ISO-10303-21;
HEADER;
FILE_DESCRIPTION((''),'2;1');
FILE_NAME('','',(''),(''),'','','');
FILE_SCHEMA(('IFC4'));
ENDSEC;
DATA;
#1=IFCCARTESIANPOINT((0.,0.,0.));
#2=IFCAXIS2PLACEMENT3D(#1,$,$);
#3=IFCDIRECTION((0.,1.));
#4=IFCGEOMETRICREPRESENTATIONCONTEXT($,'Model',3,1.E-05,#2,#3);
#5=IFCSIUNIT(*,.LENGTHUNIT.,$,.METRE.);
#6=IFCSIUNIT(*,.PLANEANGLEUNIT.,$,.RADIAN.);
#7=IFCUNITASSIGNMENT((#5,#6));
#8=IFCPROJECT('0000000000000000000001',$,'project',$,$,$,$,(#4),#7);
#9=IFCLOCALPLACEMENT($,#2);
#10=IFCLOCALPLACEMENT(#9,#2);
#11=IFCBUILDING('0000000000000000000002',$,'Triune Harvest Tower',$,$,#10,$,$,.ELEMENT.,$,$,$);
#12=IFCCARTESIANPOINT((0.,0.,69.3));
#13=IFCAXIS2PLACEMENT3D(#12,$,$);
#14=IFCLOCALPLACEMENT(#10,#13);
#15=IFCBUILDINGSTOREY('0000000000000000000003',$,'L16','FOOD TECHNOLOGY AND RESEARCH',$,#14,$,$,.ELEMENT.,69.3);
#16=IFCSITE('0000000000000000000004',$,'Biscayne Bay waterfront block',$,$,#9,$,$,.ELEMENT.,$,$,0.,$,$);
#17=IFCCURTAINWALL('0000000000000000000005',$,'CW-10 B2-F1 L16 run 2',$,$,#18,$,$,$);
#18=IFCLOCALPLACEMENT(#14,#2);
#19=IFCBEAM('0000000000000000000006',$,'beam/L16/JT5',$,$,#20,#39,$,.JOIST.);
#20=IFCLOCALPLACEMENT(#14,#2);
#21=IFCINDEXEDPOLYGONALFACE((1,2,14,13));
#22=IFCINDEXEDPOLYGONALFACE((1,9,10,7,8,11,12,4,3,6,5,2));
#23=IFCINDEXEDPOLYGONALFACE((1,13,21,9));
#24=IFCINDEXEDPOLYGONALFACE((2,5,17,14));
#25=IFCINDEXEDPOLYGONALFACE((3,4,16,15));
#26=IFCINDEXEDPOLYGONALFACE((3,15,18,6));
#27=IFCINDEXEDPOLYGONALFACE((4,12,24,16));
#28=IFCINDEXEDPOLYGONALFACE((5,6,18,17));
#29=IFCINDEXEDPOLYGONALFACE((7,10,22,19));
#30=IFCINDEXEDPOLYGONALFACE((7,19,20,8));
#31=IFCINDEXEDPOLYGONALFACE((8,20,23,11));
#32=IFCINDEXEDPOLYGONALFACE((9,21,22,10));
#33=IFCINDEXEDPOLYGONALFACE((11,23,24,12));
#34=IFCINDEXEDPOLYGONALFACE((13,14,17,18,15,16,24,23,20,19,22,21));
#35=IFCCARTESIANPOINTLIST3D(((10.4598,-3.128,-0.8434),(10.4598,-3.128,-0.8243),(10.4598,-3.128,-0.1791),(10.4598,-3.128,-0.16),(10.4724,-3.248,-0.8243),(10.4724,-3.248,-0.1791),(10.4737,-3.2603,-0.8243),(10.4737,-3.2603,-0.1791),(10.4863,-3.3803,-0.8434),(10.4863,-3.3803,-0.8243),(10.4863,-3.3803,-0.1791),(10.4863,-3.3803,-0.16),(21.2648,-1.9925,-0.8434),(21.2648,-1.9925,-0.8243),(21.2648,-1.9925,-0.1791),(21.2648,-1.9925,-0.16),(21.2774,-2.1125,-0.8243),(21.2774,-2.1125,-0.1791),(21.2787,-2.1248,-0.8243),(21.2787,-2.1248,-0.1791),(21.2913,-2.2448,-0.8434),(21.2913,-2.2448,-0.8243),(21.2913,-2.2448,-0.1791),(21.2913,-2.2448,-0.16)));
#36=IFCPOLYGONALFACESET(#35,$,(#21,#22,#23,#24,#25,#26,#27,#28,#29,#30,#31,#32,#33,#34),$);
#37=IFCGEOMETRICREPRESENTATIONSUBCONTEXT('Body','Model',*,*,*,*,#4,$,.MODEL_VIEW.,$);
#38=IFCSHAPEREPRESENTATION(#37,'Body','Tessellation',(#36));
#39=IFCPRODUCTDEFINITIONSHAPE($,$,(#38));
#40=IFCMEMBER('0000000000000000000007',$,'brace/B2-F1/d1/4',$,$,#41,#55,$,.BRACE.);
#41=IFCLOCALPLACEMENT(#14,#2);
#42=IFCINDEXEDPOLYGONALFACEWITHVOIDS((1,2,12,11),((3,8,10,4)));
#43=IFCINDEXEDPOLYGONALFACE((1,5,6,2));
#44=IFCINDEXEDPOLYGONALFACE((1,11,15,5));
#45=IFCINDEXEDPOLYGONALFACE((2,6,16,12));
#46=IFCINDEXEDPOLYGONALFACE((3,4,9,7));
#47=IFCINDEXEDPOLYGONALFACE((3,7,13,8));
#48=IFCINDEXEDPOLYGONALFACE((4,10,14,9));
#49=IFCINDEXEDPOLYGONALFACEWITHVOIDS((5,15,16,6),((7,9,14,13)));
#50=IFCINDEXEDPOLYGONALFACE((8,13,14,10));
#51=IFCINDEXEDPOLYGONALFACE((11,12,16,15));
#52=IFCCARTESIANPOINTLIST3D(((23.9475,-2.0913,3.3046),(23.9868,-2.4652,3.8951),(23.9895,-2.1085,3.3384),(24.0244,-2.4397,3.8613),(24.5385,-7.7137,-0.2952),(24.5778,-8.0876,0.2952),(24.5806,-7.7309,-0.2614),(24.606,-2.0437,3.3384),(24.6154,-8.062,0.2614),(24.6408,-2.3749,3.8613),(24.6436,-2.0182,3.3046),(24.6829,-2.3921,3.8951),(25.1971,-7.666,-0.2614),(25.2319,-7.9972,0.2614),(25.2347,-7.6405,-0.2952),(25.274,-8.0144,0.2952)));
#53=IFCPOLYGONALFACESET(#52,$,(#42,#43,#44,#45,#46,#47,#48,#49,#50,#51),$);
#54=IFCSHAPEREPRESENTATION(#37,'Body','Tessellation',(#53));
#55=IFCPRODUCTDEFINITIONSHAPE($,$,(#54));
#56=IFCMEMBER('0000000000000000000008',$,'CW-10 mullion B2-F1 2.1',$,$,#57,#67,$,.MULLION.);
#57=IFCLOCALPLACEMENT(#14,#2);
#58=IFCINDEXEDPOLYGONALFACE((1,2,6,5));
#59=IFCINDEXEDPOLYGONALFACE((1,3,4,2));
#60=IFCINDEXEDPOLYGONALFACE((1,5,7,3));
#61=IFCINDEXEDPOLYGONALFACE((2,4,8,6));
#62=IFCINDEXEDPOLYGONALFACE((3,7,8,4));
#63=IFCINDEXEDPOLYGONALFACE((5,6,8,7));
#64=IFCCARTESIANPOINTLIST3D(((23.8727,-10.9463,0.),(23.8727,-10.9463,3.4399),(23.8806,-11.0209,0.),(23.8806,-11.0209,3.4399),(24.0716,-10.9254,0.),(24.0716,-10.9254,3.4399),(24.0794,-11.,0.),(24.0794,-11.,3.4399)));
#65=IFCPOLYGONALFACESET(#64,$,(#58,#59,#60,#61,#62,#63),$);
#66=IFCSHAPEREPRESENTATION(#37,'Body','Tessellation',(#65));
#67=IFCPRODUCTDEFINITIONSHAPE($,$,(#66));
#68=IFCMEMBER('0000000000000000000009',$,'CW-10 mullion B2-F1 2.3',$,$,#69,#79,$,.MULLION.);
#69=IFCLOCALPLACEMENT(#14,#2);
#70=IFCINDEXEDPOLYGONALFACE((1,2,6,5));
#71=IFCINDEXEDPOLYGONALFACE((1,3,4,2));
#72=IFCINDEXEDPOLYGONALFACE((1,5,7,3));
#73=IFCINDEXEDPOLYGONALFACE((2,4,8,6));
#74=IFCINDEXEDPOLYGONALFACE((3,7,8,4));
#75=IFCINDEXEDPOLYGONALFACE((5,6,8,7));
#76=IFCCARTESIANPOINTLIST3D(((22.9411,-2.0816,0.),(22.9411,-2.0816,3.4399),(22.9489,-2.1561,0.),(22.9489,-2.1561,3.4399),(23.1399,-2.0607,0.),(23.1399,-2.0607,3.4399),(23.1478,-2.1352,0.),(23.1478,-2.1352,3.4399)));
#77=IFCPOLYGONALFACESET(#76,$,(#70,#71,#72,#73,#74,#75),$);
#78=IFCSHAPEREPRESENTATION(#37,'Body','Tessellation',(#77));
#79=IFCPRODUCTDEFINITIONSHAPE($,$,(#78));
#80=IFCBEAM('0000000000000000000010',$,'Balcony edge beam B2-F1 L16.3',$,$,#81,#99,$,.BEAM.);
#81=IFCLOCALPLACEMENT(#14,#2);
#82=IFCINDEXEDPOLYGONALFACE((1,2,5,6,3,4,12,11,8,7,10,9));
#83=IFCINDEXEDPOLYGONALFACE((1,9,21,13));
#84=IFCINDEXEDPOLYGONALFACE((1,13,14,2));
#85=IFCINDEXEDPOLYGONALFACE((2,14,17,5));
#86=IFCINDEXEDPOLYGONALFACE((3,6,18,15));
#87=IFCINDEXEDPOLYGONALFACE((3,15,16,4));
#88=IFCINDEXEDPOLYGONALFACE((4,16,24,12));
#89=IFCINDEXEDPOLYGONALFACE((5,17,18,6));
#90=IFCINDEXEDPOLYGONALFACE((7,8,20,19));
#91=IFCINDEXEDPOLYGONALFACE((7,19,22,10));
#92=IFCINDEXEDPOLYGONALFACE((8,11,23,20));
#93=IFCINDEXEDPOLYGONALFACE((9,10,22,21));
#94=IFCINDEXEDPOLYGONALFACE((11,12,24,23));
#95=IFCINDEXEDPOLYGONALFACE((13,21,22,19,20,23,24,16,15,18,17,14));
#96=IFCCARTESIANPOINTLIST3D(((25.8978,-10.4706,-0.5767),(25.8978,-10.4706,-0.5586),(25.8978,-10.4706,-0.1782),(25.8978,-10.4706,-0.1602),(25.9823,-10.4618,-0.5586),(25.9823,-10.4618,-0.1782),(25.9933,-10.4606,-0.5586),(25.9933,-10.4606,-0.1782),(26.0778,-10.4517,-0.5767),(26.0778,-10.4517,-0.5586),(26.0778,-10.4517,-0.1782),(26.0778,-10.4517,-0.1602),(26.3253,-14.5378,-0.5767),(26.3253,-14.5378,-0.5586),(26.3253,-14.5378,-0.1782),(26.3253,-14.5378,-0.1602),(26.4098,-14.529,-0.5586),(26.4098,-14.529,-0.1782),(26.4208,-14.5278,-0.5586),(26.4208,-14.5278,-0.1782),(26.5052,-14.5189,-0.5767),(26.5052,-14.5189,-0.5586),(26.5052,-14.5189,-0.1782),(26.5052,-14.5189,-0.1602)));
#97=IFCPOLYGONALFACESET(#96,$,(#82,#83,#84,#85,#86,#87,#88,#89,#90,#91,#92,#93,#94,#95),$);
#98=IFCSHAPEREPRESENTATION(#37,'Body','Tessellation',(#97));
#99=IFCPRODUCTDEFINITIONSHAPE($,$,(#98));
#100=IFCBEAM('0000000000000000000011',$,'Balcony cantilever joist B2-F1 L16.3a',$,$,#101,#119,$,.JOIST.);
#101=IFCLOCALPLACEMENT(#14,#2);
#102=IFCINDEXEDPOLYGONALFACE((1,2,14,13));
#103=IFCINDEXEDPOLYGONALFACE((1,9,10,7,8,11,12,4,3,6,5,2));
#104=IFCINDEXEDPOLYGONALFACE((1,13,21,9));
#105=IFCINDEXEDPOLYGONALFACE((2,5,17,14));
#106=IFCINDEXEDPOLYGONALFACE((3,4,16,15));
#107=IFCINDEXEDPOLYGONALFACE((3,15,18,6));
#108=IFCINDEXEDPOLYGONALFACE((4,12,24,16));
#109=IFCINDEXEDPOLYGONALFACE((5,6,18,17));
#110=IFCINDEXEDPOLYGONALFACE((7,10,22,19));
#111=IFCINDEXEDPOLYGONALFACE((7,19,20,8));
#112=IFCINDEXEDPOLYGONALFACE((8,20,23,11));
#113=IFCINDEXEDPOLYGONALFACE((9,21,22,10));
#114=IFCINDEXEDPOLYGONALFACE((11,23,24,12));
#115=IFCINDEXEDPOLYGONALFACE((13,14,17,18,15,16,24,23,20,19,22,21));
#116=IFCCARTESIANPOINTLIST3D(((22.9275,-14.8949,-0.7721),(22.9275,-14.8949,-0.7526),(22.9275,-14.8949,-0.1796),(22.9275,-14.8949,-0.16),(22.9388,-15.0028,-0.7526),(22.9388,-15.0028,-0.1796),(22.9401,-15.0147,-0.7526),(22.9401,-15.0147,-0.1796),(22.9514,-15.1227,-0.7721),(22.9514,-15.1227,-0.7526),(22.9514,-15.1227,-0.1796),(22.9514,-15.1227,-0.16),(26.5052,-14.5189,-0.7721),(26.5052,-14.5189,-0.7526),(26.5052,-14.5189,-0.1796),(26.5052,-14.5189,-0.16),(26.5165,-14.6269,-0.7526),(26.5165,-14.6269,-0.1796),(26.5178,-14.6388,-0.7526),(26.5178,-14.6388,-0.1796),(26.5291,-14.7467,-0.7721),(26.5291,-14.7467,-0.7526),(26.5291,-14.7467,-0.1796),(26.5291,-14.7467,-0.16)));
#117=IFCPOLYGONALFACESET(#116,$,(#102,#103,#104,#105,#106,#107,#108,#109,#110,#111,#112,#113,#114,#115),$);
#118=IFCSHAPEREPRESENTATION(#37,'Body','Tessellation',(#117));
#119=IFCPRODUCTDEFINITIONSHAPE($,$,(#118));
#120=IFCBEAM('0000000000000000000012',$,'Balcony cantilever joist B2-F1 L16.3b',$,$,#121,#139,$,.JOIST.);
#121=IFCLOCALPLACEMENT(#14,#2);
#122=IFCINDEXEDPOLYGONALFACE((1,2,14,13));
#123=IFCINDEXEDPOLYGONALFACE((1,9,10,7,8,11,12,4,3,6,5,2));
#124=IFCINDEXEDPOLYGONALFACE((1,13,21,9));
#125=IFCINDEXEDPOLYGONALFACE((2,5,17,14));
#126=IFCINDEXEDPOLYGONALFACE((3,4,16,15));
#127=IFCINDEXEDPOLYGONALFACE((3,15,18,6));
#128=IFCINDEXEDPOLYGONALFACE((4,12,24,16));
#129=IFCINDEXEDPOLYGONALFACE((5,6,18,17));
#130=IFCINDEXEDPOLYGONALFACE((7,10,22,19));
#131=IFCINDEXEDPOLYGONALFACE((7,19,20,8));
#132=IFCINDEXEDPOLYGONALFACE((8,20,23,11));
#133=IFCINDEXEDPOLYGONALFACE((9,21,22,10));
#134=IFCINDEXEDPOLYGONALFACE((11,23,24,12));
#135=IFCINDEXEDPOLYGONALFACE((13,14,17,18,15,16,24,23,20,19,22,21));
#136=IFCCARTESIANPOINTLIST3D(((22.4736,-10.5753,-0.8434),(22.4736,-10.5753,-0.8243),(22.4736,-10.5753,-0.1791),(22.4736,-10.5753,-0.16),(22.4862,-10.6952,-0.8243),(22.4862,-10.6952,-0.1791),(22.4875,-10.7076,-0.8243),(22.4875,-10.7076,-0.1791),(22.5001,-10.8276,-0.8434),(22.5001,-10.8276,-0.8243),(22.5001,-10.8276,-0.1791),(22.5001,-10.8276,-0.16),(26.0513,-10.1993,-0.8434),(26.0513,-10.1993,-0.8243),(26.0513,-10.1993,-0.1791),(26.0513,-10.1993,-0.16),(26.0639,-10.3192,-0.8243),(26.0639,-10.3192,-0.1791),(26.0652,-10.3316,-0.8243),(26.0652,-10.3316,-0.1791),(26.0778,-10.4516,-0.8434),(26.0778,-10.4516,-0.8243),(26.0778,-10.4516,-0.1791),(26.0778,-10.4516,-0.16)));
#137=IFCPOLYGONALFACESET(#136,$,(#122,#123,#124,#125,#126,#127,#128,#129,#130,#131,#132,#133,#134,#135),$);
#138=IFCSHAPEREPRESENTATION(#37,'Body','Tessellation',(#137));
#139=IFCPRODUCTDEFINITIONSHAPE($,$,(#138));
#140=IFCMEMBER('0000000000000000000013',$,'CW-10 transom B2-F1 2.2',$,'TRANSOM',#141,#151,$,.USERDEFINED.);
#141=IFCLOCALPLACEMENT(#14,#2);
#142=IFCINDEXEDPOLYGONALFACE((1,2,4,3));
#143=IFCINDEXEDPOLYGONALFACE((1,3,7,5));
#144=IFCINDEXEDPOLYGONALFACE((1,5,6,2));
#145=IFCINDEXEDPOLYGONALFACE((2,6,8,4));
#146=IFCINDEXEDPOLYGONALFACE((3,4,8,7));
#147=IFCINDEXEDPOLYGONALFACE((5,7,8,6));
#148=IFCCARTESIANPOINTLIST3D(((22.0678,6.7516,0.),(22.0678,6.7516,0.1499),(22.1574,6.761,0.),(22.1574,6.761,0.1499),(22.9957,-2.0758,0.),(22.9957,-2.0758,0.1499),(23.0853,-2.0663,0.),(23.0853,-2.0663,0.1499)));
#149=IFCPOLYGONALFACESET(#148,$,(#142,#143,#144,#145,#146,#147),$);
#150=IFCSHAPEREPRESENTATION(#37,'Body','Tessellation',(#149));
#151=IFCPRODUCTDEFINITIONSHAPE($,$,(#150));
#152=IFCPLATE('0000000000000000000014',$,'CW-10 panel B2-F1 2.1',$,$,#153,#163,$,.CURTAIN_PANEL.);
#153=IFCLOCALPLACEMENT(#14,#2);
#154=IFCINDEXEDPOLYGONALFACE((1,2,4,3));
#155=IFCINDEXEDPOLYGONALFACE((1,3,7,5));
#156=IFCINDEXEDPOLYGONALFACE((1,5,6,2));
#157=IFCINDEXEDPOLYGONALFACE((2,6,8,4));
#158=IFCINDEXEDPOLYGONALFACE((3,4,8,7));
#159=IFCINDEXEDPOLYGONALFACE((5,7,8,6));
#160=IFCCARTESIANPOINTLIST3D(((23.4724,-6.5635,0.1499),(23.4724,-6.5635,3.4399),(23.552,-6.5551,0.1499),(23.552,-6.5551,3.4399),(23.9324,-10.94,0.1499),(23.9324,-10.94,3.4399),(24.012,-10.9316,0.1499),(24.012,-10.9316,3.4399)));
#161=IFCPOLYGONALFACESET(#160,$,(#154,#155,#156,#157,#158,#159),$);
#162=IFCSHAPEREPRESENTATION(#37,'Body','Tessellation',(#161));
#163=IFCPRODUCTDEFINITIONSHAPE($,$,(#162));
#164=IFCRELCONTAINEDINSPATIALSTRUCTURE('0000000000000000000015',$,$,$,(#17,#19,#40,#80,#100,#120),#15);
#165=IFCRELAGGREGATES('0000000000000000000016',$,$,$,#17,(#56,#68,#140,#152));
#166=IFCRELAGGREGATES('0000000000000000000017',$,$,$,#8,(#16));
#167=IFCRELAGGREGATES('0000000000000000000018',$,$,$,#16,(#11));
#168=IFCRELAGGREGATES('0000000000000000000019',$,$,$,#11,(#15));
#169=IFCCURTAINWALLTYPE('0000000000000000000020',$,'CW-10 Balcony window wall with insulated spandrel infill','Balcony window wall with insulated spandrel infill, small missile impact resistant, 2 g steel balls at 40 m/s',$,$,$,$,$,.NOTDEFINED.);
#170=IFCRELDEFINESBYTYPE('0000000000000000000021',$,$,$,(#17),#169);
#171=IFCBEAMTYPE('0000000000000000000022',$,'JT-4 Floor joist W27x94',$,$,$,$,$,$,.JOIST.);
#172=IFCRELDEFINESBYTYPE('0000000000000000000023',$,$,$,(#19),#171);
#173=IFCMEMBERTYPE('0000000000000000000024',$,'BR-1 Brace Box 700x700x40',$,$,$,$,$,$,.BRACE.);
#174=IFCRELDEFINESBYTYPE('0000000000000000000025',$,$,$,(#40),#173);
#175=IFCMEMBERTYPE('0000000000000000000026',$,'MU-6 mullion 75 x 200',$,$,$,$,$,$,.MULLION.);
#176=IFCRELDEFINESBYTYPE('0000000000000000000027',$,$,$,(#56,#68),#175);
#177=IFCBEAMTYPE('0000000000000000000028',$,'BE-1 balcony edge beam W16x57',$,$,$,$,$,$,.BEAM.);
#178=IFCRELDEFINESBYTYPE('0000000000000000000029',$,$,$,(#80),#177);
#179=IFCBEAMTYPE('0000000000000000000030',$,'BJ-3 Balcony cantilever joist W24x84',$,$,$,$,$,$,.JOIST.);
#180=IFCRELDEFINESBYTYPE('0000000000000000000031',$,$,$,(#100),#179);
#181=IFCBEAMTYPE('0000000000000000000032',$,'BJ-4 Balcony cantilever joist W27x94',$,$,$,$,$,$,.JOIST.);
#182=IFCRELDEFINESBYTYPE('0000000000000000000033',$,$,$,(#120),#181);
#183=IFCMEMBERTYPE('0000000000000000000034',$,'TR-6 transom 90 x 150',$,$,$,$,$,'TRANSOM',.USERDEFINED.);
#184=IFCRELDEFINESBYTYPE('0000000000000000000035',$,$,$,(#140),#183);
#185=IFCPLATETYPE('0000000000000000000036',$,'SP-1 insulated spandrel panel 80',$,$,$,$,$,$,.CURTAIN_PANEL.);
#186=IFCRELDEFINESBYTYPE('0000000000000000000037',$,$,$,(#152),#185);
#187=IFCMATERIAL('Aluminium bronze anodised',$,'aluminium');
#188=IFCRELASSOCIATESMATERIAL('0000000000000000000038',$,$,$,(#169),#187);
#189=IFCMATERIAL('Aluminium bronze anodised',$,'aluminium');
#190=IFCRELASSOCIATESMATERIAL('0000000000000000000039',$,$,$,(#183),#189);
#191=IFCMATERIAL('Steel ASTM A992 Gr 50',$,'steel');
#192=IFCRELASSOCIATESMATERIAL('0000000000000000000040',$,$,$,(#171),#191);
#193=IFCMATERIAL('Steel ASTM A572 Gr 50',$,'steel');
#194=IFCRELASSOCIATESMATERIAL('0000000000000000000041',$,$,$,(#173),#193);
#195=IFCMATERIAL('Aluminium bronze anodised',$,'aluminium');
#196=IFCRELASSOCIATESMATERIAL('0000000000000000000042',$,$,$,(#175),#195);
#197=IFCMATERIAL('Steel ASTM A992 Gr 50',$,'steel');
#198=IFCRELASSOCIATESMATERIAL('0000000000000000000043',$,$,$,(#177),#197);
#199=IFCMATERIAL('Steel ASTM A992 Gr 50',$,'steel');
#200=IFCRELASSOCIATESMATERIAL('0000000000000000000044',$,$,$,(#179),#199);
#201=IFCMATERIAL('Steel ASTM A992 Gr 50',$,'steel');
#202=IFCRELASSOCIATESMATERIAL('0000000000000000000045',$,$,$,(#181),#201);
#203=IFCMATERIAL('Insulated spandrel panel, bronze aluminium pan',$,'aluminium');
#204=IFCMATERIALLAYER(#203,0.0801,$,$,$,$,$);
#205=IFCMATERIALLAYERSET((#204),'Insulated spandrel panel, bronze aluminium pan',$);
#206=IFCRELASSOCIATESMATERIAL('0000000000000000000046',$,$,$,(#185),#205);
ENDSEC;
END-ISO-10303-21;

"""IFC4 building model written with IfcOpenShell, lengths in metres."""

from ifc_helpers import new_model, si_unit, direction, frame, origin, origin_2d, place, context, subcontext, project, spatial, rectangle, hollow_rectangle, i_section, extrude, source, transform, mapped, material, layer, layer_set, material_profile, profile_set, type_object, element, aggregate, save


model = new_model("IFC4")

# Units and contexts
model_context = context("Model", 3, precision=1e-05, world=origin(), true_north=direction((0.0, 1.0)))
body_context = subcontext(model_context, "Body", "Model", "MODEL_VIEW")
ifc_project = project(units=[si_unit("LENGTHUNIT", "METRE"), si_unit("PLANEANGLEUNIT", "RADIAN")], contexts=[model_context])

# Site, building, storey
site_placement = place(None, origin())
site = spatial("IfcSite", under=ifc_project, at=site_placement, Name="Biscayne Bay waterfront block", CompositionType="ELEMENT", RefElevation=0.0)
building_placement = place(site_placement, origin())
building = spatial("IfcBuilding", under=site, at=building_placement, Name="Triune Harvest Tower", CompositionType="ELEMENT")
storey_placement = place(building_placement, frame((0.0, 0.0, 69.3)))
storey = spatial("IfcBuildingStorey", under=building, at=storey_placement, Name="L16", Description="FOOD TECHNOLOGY AND RESEARCH", CompositionType="ELEMENT", Elevation=69.3)

# Curtain wall
ifc_material_1 = material(Name="Aluminium bronze anodised", Category="aluminium")
curtain_wall_type = type_object("IfcCurtainWallType", Name="CW-10 Balcony window wall with insulated spandrel infill", Description="Balcony window wall with insulated spandrel infill, small missile impact resistant, 2 g steel balls at 40 m/s", PredefinedType="NOTDEFINED", material=ifc_material_1)
curtain_wall_placement = place(storey_placement, origin())
curtain_wall = element("IfcCurtainWall", 1, at=curtain_wall_placement, inside=storey, type_object=curtain_wall_type, Name="CW-10 B2-F1 L16 run 2")
ifc_material_2 = material(Name="Aluminium bronze anodised", Category="aluminium")
ifc_material_profile_1 = material_profile(ifc_material_2, rectangle(XDim=0.0901, YDim=0.1499, at=origin_2d()), Name="TR-6 transom 90 x 150")
ifc_profile_set_1 = profile_set([ifc_material_profile_1], Name="Aluminium bronze anodised")
member_type_1 = type_object("IfcMemberType", Name="TR-6 transom 90 x 150", ElementType="TRANSOM", PredefinedType="USERDEFINED", material=ifc_profile_set_1)

# Beam
ifc_material_3 = material(Name="Steel ASTM A992 Gr 50", Category="steel")
ifc_material_profile_2 = material_profile(ifc_material_3, i_section(OverallWidth=0.2537, OverallDepth=0.6833, WebThickness=0.0125, FlangeThickness=0.019, at=origin_2d()), Name="W27x94")
ifc_profile_set_2 = profile_set([ifc_material_profile_2], Name="Steel ASTM A992 Gr 50")
beam_type_1 = type_object("IfcBeamType", Name="JT-4 Floor joist W27x94", PredefinedType="JOIST", material=ifc_profile_set_2)
shared_shape_1 = source(origin(), body_context, "Body", "SweptSolid", [
    extrude(i_section(OverallWidth=0.2537, OverallDepth=0.6833, WebThickness=0.0125, FlangeThickness=0.019, at=origin_2d()), origin(), (0.0, 0.0, 1.0), 10.8645),
])
beam_1_placement = place(storey_placement, frame((21.2781, -2.1187, -0.5017), z_axis=(-0.994523, -0.104515, 0.0), x_axis=(0.104515, -0.994523, 0.0)))
element("IfcBeam", 2, at=beam_1_placement, inside=storey, type_object=beam_type_1, Name="beam/L16/JT5", PredefinedType="JOIST", context=body_context, shape_type="MappedRepresentation", body=[
    mapped(shared_shape_1, transform((0.0, 0.0, 0.0), scale=1.0)),
])

# Members
ifc_material_4 = material(Name="Steel ASTM A572 Gr 50", Category="steel")
ifc_material_profile_3 = material_profile(ifc_material_4, hollow_rectangle(XDim=0.7, YDim=0.7, WallThickness=0.04, at=origin_2d()), Name="Box 700x700x40")
ifc_profile_set_3 = profile_set([ifc_material_profile_3], Name="Steel ASTM A572 Gr 50")
member_type_2 = type_object("IfcMemberType", Name="BR-1 Brace Box 700x700x40", PredefinedType="BRACE", material=ifc_profile_set_3)
shared_shape_2 = source(origin(), body_context, "Body", "SweptSolid", [
    extrude(hollow_rectangle(XDim=0.7, YDim=0.7, WallThickness=0.04, at=origin_2d()), origin(), (0.0, 0.0, 1.0), 6.7021),
])
member_1_placement = place(storey_placement, frame((24.9062, -7.864, 0.0), z_axis=(-0.08819, 0.838883, 0.53712), x_axis=(-0.994519, -0.104552, 0.0)))
element("IfcMember", 3, at=member_1_placement, inside=storey, type_object=member_type_2, Name="brace/B2-F1/d1/4", PredefinedType="BRACE", context=body_context, shape_type="MappedRepresentation", body=[
    mapped(shared_shape_2, transform((0.0, 0.0, 0.0), scale=1.0)),
])
ifc_material_5 = material(Name="Aluminium bronze anodised", Category="aluminium")
ifc_material_profile_4 = material_profile(ifc_material_5, rectangle(XDim=0.2, YDim=0.075, at=origin_2d()), Name="MU-6 mullion 75 x 200")
ifc_profile_set_4 = profile_set([ifc_material_profile_4], Name="Aluminium bronze anodised")
member_type_3 = type_object("IfcMemberType", Name="MU-6 mullion 75 x 200", PredefinedType="MULLION", material=ifc_profile_set_4)
shared_shape_3 = source(origin(), body_context, "Body", "SweptSolid", [
    extrude(rectangle(XDim=0.2, YDim=0.075, at=origin_2d()), origin(), (0.0, 0.0, 1.0), 3.4399),
])
member_2_placement = place(storey_placement, frame((23.9761, -10.9731, 0.0), z_axis=(0.0, 0.0, 1.0), x_axis=(-0.994522, -0.104527, 0.0)))
member_2 = element("IfcMember", 4, at=member_2_placement, type_object=member_type_3, Name="CW-10 mullion B2-F1 2.1", PredefinedType="MULLION", context=body_context, shape_type="MappedRepresentation", body=[
    mapped(shared_shape_3, transform((0.0, 0.0, 0.0), scale=1.0)),
])
member_3_placement = place(storey_placement, frame((23.0444, -2.1084, 0.0), z_axis=(0.0, 0.0, 1.0), x_axis=(-0.994522, -0.104527, 0.0)))
member_3 = element("IfcMember", 5, at=member_3_placement, type_object=member_type_3, Name="CW-10 mullion B2-F1 2.3", PredefinedType="MULLION", context=body_context, shape_type="MappedRepresentation", body=[
    mapped(shared_shape_3, transform((0.0, 0.0, 0.0), scale=1.0)),
])

# Beams
ifc_material_6 = material(Name="Steel ASTM A992 Gr 50", Category="steel")
ifc_material_profile_5 = material_profile(ifc_material_6, i_section(OverallWidth=0.1809, OverallDepth=0.4165, WebThickness=0.011, FlangeThickness=0.0181, at=origin_2d()), Name="W16x57")
ifc_profile_set_5 = profile_set([ifc_material_profile_5], Name="Steel ASTM A992 Gr 50")
beam_type_2 = type_object("IfcBeamType", Name="BE-1 balcony edge beam W16x57", PredefinedType="BEAM", material=ifc_profile_set_5)
shared_shape_4 = source(origin(), body_context, "Body", "SweptSolid", [
    extrude(i_section(OverallWidth=0.1809, OverallDepth=0.4165, WebThickness=0.011, FlangeThickness=0.0181, at=origin_2d()), origin(), (0.0, 0.0, 1.0), 4.0896),
])
beam_2_placement = place(storey_placement, frame((25.9878, -10.4612, -0.3684), z_axis=(0.104533, -0.994521, 0.0), x_axis=(0.994521, 0.104533, 0.0)))
element("IfcBeam", 6, at=beam_2_placement, inside=storey, type_object=beam_type_2, Name="Balcony edge beam B2-F1 L16.3", PredefinedType="BEAM", context=body_context, shape_type="MappedRepresentation", body=[
    mapped(shared_shape_4, transform((0.0, 0.0, 0.0), scale=1.0)),
])
ifc_material_7 = material(Name="Steel ASTM A992 Gr 50", Category="steel")
ifc_material_profile_6 = material_profile(ifc_material_7, i_section(OverallWidth=0.229, OverallDepth=0.6121, WebThickness=0.012, FlangeThickness=0.0195, at=origin_2d()), Name="W24x84")
ifc_profile_set_6 = profile_set([ifc_material_profile_6], Name="Steel ASTM A992 Gr 50")
beam_type_3 = type_object("IfcBeamType", Name="BJ-3 Balcony cantilever joist W24x84", PredefinedType="JOIST", material=ifc_profile_set_6)
shared_shape_5 = source(origin(), body_context, "Body", "SweptSolid", [
    extrude(i_section(OverallWidth=0.229, OverallDepth=0.6121, WebThickness=0.012, FlangeThickness=0.0195, at=origin_2d()), origin(), (0.0, 0.0, 1.0), 3.5974),
])
beam_3_placement = place(storey_placement, frame((22.9395, -15.0088, -0.4661), z_axis=(0.994523, 0.104515, 0.0), x_axis=(-0.104515, 0.994523, 0.0)))
element("IfcBeam", 7, at=beam_3_placement, inside=storey, type_object=beam_type_3, Name="Balcony cantilever joist B2-F1 L16.3a", PredefinedType="JOIST", context=body_context, shape_type="MappedRepresentation", body=[
    mapped(shared_shape_5, transform((0.0, 0.0, 0.0), scale=1.0)),
])
ifc_material_8 = material(Name="Steel ASTM A992 Gr 50", Category="steel")
ifc_material_profile_7 = material_profile(ifc_material_8, i_section(OverallWidth=0.2537, OverallDepth=0.6833, WebThickness=0.0125, FlangeThickness=0.019, at=origin_2d()), Name="W27x94")
ifc_profile_set_7 = profile_set([ifc_material_profile_7], Name="Steel ASTM A992 Gr 50")
beam_type_4 = type_object("IfcBeamType", Name="BJ-4 Balcony cantilever joist W27x94", PredefinedType="JOIST", material=ifc_profile_set_7)
shared_shape_6 = source(origin(), body_context, "Body", "SweptSolid", [
    extrude(i_section(OverallWidth=0.2537, OverallDepth=0.6833, WebThickness=0.0125, FlangeThickness=0.019, at=origin_2d()), origin(), (0.0, 0.0, 1.0), 3.5974),
])
beam_4_placement = place(storey_placement, frame((22.4868, -10.7014, -0.5017), z_axis=(0.994523, 0.104515, 0.0), x_axis=(-0.104515, 0.994523, 0.0)))
element("IfcBeam", 8, at=beam_4_placement, inside=storey, type_object=beam_type_4, Name="Balcony cantilever joist B2-F1 L16.3b", PredefinedType="JOIST", context=body_context, shape_type="MappedRepresentation", body=[
    mapped(shared_shape_6, transform((0.0, 0.0, 0.0), scale=1.0)),
])

# Member
shared_shape_7 = source(origin(), body_context, "Body", "SweptSolid", [
    extrude(rectangle(XDim=0.0901, YDim=0.1499, at=origin_2d()), origin(), (0.0, 0.0, 1.0), 8.876),
])
member_4_placement = place(storey_placement, frame((23.0405, -2.071, 0.075), z_axis=(-0.104549, 0.99452, 0.0), x_axis=(-0.99452, -0.104549, 0.0)))
member_4 = element("IfcMember", 9, at=member_4_placement, type_object=member_type_1, Name="CW-10 transom B2-F1 2.2", ObjectType="TRANSOM", PredefinedType="USERDEFINED", context=body_context, shape_type="MappedRepresentation", body=[
    mapped(shared_shape_7, transform((0.0, 0.0, 0.0), scale=1.0)),
])

# Plate
ifc_material_9 = material(Name="Insulated spandrel panel, bronze aluminium pan", Category="aluminium")
ifc_layer_1 = layer(ifc_material_9, 0.0801)
ifc_layer_set_1 = layer_set([ifc_layer_1], Name="Insulated spandrel panel, bronze aluminium pan")
plate_type = type_object("IfcPlateType", Name="SP-1 insulated spandrel panel 80", PredefinedType="CURTAIN_PANEL", material=ifc_layer_set_1)
shared_shape_8 = source(origin(), body_context, "Body", "SweptSolid", [
    extrude(rectangle(XDim=4.4006, YDim=0.0801, at=origin_2d()), origin(), (0.0, 0.0, 1.0), 3.29),
])
plate_1_placement = place(storey_placement, frame((23.7422, -8.7476, 0.1499), z_axis=(0.0, 0.0, 1.0), x_axis=(-0.104527, 0.994522, 0.0)))
plate_1 = element("IfcPlate", 10, at=plate_1_placement, type_object=plate_type, Name="CW-10 panel B2-F1 2.1", PredefinedType="CURTAIN_PANEL", context=body_context, shape_type="MappedRepresentation", body=[
    mapped(shared_shape_8, transform((0.0, 0.0, 0.0), scale=1.0)),
])
aggregate(curtain_wall, [member_2, member_3, member_4, plate_1])

save(model, "model.ifc")
